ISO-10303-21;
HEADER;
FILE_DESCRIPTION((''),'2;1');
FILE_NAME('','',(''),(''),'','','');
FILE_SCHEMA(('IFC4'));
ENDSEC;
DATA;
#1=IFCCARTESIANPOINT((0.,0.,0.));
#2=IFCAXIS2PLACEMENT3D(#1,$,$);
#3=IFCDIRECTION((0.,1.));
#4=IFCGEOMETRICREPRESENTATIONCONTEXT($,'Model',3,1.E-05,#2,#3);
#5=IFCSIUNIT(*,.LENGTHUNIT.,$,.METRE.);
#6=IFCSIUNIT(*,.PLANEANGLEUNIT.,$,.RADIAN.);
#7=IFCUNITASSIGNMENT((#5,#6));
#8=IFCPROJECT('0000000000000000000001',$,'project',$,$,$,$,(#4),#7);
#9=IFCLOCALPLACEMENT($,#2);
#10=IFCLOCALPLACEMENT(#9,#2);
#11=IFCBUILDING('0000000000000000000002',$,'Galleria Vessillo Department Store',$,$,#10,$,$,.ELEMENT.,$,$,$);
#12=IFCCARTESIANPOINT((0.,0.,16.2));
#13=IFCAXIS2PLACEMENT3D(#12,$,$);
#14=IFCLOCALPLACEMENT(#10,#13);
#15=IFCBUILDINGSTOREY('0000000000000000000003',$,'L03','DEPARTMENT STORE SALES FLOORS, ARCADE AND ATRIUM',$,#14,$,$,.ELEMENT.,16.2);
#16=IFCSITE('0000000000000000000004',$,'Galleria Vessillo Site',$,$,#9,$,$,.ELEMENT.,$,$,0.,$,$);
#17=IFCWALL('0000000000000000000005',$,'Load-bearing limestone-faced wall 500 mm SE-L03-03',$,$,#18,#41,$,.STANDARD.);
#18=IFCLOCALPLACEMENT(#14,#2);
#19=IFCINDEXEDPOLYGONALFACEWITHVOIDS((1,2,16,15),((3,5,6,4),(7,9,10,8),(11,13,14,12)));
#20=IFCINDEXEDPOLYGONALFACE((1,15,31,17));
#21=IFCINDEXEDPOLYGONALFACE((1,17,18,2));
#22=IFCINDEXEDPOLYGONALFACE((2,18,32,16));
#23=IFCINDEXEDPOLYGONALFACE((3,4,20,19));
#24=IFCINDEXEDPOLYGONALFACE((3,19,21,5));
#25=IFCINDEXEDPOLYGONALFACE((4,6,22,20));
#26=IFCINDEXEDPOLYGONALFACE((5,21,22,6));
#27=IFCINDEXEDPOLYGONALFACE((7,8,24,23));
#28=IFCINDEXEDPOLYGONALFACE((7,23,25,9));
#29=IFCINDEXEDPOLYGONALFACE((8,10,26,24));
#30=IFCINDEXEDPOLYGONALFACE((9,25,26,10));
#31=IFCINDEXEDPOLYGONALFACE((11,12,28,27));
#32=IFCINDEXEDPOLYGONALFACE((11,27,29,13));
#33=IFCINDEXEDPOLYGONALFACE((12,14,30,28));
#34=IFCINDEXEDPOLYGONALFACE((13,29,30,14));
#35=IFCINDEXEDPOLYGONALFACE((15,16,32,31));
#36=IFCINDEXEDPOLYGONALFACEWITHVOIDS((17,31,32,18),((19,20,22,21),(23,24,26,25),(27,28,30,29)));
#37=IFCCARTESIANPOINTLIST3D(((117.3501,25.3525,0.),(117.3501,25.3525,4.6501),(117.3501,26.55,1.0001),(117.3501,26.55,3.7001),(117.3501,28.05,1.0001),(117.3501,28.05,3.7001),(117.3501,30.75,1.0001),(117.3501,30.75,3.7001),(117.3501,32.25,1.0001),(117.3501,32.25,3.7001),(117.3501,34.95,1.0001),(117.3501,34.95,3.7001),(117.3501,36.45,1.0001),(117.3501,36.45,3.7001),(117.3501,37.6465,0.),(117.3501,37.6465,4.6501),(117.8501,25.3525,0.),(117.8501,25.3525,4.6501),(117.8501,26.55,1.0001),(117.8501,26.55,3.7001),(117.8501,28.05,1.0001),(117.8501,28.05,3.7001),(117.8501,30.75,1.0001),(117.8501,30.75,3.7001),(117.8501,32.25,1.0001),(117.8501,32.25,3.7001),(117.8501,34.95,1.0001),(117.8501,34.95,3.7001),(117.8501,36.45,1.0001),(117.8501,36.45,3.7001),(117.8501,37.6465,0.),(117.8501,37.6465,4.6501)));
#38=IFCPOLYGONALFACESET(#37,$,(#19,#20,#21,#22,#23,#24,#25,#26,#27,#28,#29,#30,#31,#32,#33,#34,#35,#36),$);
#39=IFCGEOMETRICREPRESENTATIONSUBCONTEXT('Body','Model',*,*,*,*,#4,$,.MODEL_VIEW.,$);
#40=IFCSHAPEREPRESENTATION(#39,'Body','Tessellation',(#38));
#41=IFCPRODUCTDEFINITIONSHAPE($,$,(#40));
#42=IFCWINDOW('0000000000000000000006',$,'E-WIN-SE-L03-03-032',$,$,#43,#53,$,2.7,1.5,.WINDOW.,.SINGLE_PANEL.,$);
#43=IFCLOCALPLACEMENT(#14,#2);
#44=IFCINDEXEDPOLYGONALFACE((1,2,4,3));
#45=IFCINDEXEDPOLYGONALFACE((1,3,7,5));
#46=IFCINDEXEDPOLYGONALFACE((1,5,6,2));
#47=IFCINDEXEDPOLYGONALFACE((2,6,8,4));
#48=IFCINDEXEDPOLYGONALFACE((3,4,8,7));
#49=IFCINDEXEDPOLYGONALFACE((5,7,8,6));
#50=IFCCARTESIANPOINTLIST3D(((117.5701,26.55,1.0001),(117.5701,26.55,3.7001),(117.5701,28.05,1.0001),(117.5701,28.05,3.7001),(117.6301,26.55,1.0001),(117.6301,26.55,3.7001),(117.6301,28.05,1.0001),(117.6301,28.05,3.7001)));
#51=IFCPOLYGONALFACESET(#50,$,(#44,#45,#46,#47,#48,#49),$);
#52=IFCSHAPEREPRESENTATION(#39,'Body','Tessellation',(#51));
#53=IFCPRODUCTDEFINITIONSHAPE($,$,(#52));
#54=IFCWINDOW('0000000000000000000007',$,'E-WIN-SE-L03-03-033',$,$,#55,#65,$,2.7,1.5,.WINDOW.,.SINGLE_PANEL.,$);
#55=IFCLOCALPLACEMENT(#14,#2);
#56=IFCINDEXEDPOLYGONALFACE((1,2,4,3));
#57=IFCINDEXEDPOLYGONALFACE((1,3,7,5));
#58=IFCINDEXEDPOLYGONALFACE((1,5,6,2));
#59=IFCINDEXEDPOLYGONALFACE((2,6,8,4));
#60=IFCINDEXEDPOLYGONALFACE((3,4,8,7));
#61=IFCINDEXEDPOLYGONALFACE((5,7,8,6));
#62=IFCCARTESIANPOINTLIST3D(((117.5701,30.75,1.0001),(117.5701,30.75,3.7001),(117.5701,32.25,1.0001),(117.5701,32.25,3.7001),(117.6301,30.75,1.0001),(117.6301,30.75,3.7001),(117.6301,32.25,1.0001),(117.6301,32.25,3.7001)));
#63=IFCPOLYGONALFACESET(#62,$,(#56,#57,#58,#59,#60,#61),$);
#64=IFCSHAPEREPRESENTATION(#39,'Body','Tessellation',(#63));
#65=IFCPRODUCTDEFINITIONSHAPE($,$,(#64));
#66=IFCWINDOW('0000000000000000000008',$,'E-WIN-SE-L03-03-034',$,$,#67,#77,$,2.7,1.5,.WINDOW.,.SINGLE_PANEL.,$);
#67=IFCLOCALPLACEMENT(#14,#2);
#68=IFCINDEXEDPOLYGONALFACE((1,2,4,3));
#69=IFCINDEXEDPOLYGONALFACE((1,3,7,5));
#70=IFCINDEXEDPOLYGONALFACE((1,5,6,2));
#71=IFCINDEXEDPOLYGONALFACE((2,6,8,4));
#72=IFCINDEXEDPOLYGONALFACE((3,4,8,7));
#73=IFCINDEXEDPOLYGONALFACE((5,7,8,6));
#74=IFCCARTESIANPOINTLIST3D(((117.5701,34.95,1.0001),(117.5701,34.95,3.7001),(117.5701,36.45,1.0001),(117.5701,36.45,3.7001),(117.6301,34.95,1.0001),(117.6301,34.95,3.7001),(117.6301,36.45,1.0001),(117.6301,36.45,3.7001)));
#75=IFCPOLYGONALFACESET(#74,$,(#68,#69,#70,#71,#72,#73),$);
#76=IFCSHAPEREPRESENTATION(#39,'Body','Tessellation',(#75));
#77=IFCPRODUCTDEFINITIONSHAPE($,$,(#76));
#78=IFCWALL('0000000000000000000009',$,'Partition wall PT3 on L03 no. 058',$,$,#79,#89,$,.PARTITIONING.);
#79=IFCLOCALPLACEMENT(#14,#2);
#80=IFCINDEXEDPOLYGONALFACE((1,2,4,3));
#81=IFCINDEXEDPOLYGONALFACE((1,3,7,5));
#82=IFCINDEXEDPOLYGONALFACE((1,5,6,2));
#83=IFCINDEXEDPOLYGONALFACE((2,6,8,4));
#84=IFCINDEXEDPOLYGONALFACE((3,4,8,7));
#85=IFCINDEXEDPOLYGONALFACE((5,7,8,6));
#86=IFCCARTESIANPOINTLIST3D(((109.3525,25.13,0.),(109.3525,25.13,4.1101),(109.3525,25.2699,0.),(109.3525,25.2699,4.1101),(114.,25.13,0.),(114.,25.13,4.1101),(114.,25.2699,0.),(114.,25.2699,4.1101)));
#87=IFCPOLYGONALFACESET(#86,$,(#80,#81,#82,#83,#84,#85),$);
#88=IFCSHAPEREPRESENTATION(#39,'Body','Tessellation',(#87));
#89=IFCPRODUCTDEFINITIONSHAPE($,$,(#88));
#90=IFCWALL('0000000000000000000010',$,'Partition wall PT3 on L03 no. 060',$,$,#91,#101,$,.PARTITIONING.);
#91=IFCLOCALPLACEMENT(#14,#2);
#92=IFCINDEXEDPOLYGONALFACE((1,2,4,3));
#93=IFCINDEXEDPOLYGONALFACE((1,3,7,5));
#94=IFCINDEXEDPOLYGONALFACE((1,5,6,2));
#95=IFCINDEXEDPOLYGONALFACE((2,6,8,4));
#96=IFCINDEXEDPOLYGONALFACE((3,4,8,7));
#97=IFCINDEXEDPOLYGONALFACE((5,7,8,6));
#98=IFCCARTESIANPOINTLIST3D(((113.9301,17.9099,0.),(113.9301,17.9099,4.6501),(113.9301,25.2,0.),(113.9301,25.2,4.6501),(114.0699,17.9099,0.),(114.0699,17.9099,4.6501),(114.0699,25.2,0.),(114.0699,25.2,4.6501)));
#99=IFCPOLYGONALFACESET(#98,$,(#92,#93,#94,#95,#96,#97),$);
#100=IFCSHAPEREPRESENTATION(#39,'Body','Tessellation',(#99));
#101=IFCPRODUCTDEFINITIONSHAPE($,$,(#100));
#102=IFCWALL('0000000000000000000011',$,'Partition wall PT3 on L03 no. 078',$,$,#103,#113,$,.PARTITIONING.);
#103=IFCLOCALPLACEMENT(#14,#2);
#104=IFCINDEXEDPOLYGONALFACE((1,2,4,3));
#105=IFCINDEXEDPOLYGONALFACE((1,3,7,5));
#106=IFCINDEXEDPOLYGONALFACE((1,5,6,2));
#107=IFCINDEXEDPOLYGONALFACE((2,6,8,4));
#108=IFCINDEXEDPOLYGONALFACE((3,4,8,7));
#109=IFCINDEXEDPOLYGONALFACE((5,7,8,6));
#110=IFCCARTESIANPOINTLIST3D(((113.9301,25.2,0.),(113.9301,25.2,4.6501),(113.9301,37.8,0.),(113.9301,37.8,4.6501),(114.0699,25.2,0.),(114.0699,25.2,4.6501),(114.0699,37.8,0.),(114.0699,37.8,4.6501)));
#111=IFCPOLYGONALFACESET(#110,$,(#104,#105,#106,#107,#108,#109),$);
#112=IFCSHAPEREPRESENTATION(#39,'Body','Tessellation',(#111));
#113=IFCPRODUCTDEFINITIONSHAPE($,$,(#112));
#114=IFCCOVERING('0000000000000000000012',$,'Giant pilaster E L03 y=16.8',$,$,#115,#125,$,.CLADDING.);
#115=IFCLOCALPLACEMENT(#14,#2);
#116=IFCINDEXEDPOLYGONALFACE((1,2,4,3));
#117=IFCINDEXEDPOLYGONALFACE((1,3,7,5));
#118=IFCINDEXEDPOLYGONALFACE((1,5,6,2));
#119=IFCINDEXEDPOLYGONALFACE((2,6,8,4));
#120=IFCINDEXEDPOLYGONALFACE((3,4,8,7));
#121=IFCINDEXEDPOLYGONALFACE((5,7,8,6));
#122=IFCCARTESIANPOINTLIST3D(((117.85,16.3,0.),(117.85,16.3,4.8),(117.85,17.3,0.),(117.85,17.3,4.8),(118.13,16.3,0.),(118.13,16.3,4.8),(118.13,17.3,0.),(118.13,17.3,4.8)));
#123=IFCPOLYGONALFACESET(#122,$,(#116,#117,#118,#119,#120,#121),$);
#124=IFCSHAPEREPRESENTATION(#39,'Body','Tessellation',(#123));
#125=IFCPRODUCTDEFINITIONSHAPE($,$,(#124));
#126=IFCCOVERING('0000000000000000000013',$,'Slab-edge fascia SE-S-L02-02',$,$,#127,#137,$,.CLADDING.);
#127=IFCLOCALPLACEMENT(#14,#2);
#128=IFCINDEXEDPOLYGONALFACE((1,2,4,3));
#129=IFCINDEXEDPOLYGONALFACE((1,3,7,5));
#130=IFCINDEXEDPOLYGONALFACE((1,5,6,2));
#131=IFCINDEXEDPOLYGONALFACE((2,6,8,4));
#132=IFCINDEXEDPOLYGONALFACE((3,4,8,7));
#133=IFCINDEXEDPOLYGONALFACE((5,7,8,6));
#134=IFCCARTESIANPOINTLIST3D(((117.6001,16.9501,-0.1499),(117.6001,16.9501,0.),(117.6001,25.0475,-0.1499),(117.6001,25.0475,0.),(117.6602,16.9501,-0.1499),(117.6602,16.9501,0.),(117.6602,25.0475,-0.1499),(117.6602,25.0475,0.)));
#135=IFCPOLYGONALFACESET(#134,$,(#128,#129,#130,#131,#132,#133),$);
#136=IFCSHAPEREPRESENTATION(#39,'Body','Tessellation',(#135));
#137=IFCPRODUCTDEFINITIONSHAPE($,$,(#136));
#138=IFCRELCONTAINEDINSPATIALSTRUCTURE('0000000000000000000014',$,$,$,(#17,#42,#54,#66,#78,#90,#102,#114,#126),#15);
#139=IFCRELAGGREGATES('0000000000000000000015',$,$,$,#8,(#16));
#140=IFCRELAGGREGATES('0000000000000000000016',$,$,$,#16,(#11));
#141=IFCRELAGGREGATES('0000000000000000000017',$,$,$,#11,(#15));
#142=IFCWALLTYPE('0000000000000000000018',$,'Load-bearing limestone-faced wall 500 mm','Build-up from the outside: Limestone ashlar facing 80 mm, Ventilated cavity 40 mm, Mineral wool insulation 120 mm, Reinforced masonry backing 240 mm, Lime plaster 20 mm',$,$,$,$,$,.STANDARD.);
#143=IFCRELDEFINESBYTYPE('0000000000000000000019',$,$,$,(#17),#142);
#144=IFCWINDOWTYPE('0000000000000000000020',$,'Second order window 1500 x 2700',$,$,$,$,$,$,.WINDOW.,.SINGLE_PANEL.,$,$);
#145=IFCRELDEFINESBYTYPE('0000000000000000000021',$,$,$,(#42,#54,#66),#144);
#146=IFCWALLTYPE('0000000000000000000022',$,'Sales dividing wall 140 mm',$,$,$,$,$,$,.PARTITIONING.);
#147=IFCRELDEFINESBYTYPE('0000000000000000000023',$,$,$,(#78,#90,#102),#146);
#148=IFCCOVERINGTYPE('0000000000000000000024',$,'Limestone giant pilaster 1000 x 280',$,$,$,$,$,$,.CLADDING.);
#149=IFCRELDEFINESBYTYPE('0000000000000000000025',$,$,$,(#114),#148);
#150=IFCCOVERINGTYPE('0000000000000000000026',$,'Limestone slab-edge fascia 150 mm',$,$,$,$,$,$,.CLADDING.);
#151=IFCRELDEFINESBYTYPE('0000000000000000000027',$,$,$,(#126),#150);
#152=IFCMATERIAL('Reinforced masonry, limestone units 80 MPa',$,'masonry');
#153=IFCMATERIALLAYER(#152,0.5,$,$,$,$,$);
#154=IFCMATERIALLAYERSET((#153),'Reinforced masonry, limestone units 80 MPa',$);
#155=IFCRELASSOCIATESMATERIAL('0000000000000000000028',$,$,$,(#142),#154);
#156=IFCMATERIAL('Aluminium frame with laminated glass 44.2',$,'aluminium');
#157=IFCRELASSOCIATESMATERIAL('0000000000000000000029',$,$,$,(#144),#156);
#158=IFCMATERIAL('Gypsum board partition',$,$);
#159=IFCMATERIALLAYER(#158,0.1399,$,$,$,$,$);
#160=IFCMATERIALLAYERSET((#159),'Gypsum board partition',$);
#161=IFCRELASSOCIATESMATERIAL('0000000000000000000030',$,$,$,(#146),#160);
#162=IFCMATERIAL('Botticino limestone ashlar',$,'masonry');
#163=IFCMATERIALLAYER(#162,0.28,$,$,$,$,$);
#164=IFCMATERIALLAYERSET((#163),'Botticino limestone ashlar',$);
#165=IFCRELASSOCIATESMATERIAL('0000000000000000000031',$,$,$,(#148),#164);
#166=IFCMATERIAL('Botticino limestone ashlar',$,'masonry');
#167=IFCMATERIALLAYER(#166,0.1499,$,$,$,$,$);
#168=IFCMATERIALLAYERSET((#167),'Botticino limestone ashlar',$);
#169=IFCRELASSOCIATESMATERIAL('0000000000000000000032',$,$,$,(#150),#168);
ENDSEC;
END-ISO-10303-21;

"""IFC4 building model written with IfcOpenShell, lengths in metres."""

from ifc_helpers import new_model, si_unit, direction, frame, frame_2d, origin, origin_2d, place, context, subcontext, project, spatial, rectangle, extrude, material, layer, layer_set, type_object, element, fill, save


model = new_model("IFC4")

# Units and contexts
model_context = context("Model", 3, precision=1e-05, world=origin(), true_north=direction((0.0, 1.0)))
body_context = subcontext(model_context, "Body", "Model", "MODEL_VIEW")
ifc_project = project(units=[si_unit("LENGTHUNIT", "METRE"), si_unit("PLANEANGLEUNIT", "RADIAN")], contexts=[model_context])

# Site, building, storey
site_placement = place(None, origin())
site = spatial("IfcSite", under=ifc_project, at=site_placement, Name="Galleria Vessillo Site", CompositionType="ELEMENT", RefElevation=0.0)
building_placement = place(site_placement, origin())
building = spatial("IfcBuilding", under=site, at=building_placement, Name="Galleria Vessillo Department Store", CompositionType="ELEMENT")
storey_placement = place(building_placement, frame((0.0, 0.0, 16.2)))
storey = spatial("IfcBuildingStorey", under=building, at=storey_placement, Name="L03", Description="DEPARTMENT STORE SALES FLOORS, ARCADE AND ATRIUM", CompositionType="ELEMENT", Elevation=16.2)

# Wall, openings, windows
ifc_material_1 = material(Name="Reinforced masonry, limestone units 80 MPa", Category="masonry")
ifc_layer_1 = layer(ifc_material_1, 0.5)
ifc_layer_set_1 = layer_set([ifc_layer_1], Name="Reinforced masonry, limestone units 80 MPa")
wall_type_1 = type_object("IfcWallType", Name="Load-bearing limestone-faced wall 500 mm", Description="Build-up from the outside: Limestone ashlar facing 80 mm, Ventilated cavity 40 mm, Mineral wool insulation 120 mm, Reinforced masonry backing 240 mm, Lime plaster 20 mm", PredefinedType="STANDARD", material=ifc_layer_set_1)
ifc_material_2 = material(Name="Aluminium frame with laminated glass 44.2", Category="aluminium")
window_type = type_object("IfcWindowType", Name="Second order window 1500 x 2700", PartitioningType="SINGLE_PANEL", PredefinedType="WINDOW", material=ifc_material_2)
wall_1_placement = place(storey_placement, frame((117.6001, 25.3525, 0.0), z_axis=(0.0, 0.0, 1.0), x_axis=(0.0, 1.0, 0.0)))
wall_1 = element("IfcWall", 1, at=wall_1_placement, inside=storey, type_object=wall_type_1, Name="Load-bearing limestone-faced wall 500 mm SE-L03-03", PredefinedType="STANDARD", context=body_context, shape_type="SweptSolid", body=[
    extrude(rectangle(XDim=12.2939, YDim=0.5, at=frame_2d((6.147, 0.0))), origin(), (0.0, 0.0, 1.0), 4.6501),
])
opening_1_placement = place(wall_1_placement, frame((1.1975, 0.0, 1.0)))
opening_1 = element("IfcOpeningElement", 2, at=opening_1_placement, cuts=wall_1, PredefinedType="OPENING", context=body_context, shape_type="SweptSolid", body=[
    extrude(rectangle(XDim=1.5, YDim=2.7, at=frame_2d((0.75, 1.3501))), frame((0.0, 0.26, 0.0), z_axis=(0.0, -1.0, 0.0), x_axis=(1.0, 0.0, 0.0)), (0.0, 0.0, 1.0), 0.52),
])
opening_2_placement = place(wall_1_placement, frame((5.3975, 0.0, 1.0)))
opening_2 = element("IfcOpeningElement", 3, at=opening_2_placement, cuts=wall_1, PredefinedType="OPENING", context=body_context, shape_type="SweptSolid", body=[
    extrude(rectangle(XDim=1.5, YDim=2.7, at=frame_2d((0.75, 1.3501))), frame((0.0, 0.26, 0.0), z_axis=(0.0, -1.0, 0.0), x_axis=(1.0, 0.0, 0.0)), (0.0, 0.0, 1.0), 0.52),
])
opening_3_placement = place(wall_1_placement, frame((9.5974, 0.0, 1.0)))
opening_3 = element("IfcOpeningElement", 4, at=opening_3_placement, cuts=wall_1, PredefinedType="OPENING", context=body_context, shape_type="SweptSolid", body=[
    extrude(rectangle(XDim=1.5, YDim=2.7, at=frame_2d((0.75, 1.3501))), frame((0.0, 0.26, 0.0), z_axis=(0.0, -1.0, 0.0), x_axis=(1.0, 0.0, 0.0)), (0.0, 0.0, 1.0), 0.52),
])
window_1_placement = place(opening_1_placement, origin())
window_1 = element("IfcWindow", 5, at=window_1_placement, inside=storey, type_object=window_type, Name="E-WIN-SE-L03-03-032", OverallHeight=2.7, OverallWidth=1.5, PartitioningType="SINGLE_PANEL", PredefinedType="WINDOW", context=body_context, shape_type="SweptSolid", body=[
    extrude(rectangle(XDim=1.5, YDim=2.7, at=frame_2d((0.75, 1.3501))), frame((0.0, 0.03, 0.0), z_axis=(0.0, -1.0, 0.0), x_axis=(1.0, 0.0, 0.0)), (0.0, 0.0, 1.0), 0.0601),
])
fill(opening_1, window_1)
window_2_placement = place(opening_2_placement, origin())
window_2 = element("IfcWindow", 6, at=window_2_placement, inside=storey, type_object=window_type, Name="E-WIN-SE-L03-03-033", OverallHeight=2.7, OverallWidth=1.5, PartitioningType="SINGLE_PANEL", PredefinedType="WINDOW", context=body_context, shape_type="SweptSolid", body=[
    extrude(rectangle(XDim=1.5, YDim=2.7, at=frame_2d((0.75, 1.3501))), frame((0.0, 0.03, 0.0), z_axis=(0.0, -1.0, 0.0), x_axis=(1.0, 0.0, 0.0)), (0.0, 0.0, 1.0), 0.0601),
])
fill(opening_2, window_2)
window_3_placement = place(opening_3_placement, origin())
window_3 = element("IfcWindow", 7, at=window_3_placement, inside=storey, type_object=window_type, Name="E-WIN-SE-L03-03-034", OverallHeight=2.7, OverallWidth=1.5, PartitioningType="SINGLE_PANEL", PredefinedType="WINDOW", context=body_context, shape_type="SweptSolid", body=[
    extrude(rectangle(XDim=1.5, YDim=2.7, at=frame_2d((0.75, 1.3501))), frame((0.0, 0.03, 0.0), z_axis=(0.0, -1.0, 0.0), x_axis=(1.0, 0.0, 0.0)), (0.0, 0.0, 1.0), 0.0601),
])
fill(opening_3, window_3)

# Walls
ifc_material_3 = material(Name="Gypsum board partition")
ifc_layer_2 = layer(ifc_material_3, 0.1399)
ifc_layer_set_2 = layer_set([ifc_layer_2], Name="Gypsum board partition")
wall_type_2 = type_object("IfcWallType", Name="Sales dividing wall 140 mm", PredefinedType="PARTITIONING", material=ifc_layer_set_2)
wall_2_placement = place(storey_placement, frame((109.3525, 25.2, 0.0), z_axis=(0.0, 0.0, 1.0), x_axis=(1.0, 0.0, 0.0)))
element("IfcWall", 8, at=wall_2_placement, inside=storey, type_object=wall_type_2, Name="Partition wall PT3 on L03 no. 058", PredefinedType="PARTITIONING", context=body_context, shape_type="SweptSolid", body=[
    extrude(rectangle(XDim=4.6475, YDim=0.1399, at=frame_2d((2.3237, 0.0))), origin(), (0.0, 0.0, 1.0), 4.1101),
])
wall_3_placement = place(storey_placement, frame((114.0, 17.9099, 0.0), z_axis=(0.0, 0.0, 1.0), x_axis=(0.0, 1.0, 0.0)))
element("IfcWall", 9, at=wall_3_placement, inside=storey, type_object=wall_type_2, Name="Partition wall PT3 on L03 no. 060", PredefinedType="PARTITIONING", context=body_context, shape_type="SweptSolid", body=[
    extrude(rectangle(XDim=7.29, YDim=0.1399, at=frame_2d((3.645, 0.0))), origin(), (0.0, 0.0, 1.0), 4.6501),
])
wall_4_placement = place(storey_placement, frame((114.0, 25.2, 0.0), z_axis=(0.0, 0.0, 1.0), x_axis=(0.0, 1.0, 0.0)))
element("IfcWall", 10, at=wall_4_placement, inside=storey, type_object=wall_type_2, Name="Partition wall PT3 on L03 no. 078", PredefinedType="PARTITIONING", context=body_context, shape_type="SweptSolid", body=[
    extrude(rectangle(XDim=12.6001, YDim=0.1399, at=frame_2d((6.3, 0.0))), origin(), (0.0, 0.0, 1.0), 4.6501),
])

# Coverings
ifc_material_4 = material(Name="Botticino limestone ashlar", Category="masonry")
ifc_layer_3 = layer(ifc_material_4, 0.28)
ifc_layer_set_3 = layer_set([ifc_layer_3], Name="Botticino limestone ashlar")
covering_type_1 = type_object("IfcCoveringType", Name="Limestone giant pilaster 1000 x 280", PredefinedType="CLADDING", material=ifc_layer_set_3)
covering_1_placement = place(storey_placement, frame((117.99, 16.8, 0.0), z_axis=(0.0, 0.0, 1.0), x_axis=(1.0, 0.0, 0.0)))
element("IfcCovering", 11, at=covering_1_placement, inside=storey, type_object=covering_type_1, Name="Giant pilaster E L03 y=16.8", PredefinedType="CLADDING", context=body_context, shape_type="SweptSolid", body=[
    extrude(rectangle(XDim=0.28, YDim=1.0, at=origin_2d()), origin(), (0.0, 0.0, 1.0), 4.8),
])
ifc_material_5 = material(Name="Botticino limestone ashlar", Category="masonry")
ifc_layer_4 = layer(ifc_material_5, 0.1499)
ifc_layer_set_4 = layer_set([ifc_layer_4], Name="Botticino limestone ashlar")
covering_type_2 = type_object("IfcCoveringType", Name="Limestone slab-edge fascia 150 mm", PredefinedType="CLADDING", material=ifc_layer_set_4)
covering_2_placement = place(storey_placement, frame((117.6301, 20.9988, -0.1499), z_axis=(0.0, 0.0, 1.0), x_axis=(1.0, 0.0, 0.0)))
element("IfcCovering", 12, at=covering_2_placement, inside=storey, type_object=covering_type_2, Name="Slab-edge fascia SE-S-L02-02", PredefinedType="CLADDING", context=body_context, shape_type="SweptSolid", body=[
    extrude(rectangle(XDim=0.0601, YDim=8.0974, at=origin_2d()), origin(), (0.0, 0.0, 1.0), 0.1499),
])

save(model, "model.ifc")
